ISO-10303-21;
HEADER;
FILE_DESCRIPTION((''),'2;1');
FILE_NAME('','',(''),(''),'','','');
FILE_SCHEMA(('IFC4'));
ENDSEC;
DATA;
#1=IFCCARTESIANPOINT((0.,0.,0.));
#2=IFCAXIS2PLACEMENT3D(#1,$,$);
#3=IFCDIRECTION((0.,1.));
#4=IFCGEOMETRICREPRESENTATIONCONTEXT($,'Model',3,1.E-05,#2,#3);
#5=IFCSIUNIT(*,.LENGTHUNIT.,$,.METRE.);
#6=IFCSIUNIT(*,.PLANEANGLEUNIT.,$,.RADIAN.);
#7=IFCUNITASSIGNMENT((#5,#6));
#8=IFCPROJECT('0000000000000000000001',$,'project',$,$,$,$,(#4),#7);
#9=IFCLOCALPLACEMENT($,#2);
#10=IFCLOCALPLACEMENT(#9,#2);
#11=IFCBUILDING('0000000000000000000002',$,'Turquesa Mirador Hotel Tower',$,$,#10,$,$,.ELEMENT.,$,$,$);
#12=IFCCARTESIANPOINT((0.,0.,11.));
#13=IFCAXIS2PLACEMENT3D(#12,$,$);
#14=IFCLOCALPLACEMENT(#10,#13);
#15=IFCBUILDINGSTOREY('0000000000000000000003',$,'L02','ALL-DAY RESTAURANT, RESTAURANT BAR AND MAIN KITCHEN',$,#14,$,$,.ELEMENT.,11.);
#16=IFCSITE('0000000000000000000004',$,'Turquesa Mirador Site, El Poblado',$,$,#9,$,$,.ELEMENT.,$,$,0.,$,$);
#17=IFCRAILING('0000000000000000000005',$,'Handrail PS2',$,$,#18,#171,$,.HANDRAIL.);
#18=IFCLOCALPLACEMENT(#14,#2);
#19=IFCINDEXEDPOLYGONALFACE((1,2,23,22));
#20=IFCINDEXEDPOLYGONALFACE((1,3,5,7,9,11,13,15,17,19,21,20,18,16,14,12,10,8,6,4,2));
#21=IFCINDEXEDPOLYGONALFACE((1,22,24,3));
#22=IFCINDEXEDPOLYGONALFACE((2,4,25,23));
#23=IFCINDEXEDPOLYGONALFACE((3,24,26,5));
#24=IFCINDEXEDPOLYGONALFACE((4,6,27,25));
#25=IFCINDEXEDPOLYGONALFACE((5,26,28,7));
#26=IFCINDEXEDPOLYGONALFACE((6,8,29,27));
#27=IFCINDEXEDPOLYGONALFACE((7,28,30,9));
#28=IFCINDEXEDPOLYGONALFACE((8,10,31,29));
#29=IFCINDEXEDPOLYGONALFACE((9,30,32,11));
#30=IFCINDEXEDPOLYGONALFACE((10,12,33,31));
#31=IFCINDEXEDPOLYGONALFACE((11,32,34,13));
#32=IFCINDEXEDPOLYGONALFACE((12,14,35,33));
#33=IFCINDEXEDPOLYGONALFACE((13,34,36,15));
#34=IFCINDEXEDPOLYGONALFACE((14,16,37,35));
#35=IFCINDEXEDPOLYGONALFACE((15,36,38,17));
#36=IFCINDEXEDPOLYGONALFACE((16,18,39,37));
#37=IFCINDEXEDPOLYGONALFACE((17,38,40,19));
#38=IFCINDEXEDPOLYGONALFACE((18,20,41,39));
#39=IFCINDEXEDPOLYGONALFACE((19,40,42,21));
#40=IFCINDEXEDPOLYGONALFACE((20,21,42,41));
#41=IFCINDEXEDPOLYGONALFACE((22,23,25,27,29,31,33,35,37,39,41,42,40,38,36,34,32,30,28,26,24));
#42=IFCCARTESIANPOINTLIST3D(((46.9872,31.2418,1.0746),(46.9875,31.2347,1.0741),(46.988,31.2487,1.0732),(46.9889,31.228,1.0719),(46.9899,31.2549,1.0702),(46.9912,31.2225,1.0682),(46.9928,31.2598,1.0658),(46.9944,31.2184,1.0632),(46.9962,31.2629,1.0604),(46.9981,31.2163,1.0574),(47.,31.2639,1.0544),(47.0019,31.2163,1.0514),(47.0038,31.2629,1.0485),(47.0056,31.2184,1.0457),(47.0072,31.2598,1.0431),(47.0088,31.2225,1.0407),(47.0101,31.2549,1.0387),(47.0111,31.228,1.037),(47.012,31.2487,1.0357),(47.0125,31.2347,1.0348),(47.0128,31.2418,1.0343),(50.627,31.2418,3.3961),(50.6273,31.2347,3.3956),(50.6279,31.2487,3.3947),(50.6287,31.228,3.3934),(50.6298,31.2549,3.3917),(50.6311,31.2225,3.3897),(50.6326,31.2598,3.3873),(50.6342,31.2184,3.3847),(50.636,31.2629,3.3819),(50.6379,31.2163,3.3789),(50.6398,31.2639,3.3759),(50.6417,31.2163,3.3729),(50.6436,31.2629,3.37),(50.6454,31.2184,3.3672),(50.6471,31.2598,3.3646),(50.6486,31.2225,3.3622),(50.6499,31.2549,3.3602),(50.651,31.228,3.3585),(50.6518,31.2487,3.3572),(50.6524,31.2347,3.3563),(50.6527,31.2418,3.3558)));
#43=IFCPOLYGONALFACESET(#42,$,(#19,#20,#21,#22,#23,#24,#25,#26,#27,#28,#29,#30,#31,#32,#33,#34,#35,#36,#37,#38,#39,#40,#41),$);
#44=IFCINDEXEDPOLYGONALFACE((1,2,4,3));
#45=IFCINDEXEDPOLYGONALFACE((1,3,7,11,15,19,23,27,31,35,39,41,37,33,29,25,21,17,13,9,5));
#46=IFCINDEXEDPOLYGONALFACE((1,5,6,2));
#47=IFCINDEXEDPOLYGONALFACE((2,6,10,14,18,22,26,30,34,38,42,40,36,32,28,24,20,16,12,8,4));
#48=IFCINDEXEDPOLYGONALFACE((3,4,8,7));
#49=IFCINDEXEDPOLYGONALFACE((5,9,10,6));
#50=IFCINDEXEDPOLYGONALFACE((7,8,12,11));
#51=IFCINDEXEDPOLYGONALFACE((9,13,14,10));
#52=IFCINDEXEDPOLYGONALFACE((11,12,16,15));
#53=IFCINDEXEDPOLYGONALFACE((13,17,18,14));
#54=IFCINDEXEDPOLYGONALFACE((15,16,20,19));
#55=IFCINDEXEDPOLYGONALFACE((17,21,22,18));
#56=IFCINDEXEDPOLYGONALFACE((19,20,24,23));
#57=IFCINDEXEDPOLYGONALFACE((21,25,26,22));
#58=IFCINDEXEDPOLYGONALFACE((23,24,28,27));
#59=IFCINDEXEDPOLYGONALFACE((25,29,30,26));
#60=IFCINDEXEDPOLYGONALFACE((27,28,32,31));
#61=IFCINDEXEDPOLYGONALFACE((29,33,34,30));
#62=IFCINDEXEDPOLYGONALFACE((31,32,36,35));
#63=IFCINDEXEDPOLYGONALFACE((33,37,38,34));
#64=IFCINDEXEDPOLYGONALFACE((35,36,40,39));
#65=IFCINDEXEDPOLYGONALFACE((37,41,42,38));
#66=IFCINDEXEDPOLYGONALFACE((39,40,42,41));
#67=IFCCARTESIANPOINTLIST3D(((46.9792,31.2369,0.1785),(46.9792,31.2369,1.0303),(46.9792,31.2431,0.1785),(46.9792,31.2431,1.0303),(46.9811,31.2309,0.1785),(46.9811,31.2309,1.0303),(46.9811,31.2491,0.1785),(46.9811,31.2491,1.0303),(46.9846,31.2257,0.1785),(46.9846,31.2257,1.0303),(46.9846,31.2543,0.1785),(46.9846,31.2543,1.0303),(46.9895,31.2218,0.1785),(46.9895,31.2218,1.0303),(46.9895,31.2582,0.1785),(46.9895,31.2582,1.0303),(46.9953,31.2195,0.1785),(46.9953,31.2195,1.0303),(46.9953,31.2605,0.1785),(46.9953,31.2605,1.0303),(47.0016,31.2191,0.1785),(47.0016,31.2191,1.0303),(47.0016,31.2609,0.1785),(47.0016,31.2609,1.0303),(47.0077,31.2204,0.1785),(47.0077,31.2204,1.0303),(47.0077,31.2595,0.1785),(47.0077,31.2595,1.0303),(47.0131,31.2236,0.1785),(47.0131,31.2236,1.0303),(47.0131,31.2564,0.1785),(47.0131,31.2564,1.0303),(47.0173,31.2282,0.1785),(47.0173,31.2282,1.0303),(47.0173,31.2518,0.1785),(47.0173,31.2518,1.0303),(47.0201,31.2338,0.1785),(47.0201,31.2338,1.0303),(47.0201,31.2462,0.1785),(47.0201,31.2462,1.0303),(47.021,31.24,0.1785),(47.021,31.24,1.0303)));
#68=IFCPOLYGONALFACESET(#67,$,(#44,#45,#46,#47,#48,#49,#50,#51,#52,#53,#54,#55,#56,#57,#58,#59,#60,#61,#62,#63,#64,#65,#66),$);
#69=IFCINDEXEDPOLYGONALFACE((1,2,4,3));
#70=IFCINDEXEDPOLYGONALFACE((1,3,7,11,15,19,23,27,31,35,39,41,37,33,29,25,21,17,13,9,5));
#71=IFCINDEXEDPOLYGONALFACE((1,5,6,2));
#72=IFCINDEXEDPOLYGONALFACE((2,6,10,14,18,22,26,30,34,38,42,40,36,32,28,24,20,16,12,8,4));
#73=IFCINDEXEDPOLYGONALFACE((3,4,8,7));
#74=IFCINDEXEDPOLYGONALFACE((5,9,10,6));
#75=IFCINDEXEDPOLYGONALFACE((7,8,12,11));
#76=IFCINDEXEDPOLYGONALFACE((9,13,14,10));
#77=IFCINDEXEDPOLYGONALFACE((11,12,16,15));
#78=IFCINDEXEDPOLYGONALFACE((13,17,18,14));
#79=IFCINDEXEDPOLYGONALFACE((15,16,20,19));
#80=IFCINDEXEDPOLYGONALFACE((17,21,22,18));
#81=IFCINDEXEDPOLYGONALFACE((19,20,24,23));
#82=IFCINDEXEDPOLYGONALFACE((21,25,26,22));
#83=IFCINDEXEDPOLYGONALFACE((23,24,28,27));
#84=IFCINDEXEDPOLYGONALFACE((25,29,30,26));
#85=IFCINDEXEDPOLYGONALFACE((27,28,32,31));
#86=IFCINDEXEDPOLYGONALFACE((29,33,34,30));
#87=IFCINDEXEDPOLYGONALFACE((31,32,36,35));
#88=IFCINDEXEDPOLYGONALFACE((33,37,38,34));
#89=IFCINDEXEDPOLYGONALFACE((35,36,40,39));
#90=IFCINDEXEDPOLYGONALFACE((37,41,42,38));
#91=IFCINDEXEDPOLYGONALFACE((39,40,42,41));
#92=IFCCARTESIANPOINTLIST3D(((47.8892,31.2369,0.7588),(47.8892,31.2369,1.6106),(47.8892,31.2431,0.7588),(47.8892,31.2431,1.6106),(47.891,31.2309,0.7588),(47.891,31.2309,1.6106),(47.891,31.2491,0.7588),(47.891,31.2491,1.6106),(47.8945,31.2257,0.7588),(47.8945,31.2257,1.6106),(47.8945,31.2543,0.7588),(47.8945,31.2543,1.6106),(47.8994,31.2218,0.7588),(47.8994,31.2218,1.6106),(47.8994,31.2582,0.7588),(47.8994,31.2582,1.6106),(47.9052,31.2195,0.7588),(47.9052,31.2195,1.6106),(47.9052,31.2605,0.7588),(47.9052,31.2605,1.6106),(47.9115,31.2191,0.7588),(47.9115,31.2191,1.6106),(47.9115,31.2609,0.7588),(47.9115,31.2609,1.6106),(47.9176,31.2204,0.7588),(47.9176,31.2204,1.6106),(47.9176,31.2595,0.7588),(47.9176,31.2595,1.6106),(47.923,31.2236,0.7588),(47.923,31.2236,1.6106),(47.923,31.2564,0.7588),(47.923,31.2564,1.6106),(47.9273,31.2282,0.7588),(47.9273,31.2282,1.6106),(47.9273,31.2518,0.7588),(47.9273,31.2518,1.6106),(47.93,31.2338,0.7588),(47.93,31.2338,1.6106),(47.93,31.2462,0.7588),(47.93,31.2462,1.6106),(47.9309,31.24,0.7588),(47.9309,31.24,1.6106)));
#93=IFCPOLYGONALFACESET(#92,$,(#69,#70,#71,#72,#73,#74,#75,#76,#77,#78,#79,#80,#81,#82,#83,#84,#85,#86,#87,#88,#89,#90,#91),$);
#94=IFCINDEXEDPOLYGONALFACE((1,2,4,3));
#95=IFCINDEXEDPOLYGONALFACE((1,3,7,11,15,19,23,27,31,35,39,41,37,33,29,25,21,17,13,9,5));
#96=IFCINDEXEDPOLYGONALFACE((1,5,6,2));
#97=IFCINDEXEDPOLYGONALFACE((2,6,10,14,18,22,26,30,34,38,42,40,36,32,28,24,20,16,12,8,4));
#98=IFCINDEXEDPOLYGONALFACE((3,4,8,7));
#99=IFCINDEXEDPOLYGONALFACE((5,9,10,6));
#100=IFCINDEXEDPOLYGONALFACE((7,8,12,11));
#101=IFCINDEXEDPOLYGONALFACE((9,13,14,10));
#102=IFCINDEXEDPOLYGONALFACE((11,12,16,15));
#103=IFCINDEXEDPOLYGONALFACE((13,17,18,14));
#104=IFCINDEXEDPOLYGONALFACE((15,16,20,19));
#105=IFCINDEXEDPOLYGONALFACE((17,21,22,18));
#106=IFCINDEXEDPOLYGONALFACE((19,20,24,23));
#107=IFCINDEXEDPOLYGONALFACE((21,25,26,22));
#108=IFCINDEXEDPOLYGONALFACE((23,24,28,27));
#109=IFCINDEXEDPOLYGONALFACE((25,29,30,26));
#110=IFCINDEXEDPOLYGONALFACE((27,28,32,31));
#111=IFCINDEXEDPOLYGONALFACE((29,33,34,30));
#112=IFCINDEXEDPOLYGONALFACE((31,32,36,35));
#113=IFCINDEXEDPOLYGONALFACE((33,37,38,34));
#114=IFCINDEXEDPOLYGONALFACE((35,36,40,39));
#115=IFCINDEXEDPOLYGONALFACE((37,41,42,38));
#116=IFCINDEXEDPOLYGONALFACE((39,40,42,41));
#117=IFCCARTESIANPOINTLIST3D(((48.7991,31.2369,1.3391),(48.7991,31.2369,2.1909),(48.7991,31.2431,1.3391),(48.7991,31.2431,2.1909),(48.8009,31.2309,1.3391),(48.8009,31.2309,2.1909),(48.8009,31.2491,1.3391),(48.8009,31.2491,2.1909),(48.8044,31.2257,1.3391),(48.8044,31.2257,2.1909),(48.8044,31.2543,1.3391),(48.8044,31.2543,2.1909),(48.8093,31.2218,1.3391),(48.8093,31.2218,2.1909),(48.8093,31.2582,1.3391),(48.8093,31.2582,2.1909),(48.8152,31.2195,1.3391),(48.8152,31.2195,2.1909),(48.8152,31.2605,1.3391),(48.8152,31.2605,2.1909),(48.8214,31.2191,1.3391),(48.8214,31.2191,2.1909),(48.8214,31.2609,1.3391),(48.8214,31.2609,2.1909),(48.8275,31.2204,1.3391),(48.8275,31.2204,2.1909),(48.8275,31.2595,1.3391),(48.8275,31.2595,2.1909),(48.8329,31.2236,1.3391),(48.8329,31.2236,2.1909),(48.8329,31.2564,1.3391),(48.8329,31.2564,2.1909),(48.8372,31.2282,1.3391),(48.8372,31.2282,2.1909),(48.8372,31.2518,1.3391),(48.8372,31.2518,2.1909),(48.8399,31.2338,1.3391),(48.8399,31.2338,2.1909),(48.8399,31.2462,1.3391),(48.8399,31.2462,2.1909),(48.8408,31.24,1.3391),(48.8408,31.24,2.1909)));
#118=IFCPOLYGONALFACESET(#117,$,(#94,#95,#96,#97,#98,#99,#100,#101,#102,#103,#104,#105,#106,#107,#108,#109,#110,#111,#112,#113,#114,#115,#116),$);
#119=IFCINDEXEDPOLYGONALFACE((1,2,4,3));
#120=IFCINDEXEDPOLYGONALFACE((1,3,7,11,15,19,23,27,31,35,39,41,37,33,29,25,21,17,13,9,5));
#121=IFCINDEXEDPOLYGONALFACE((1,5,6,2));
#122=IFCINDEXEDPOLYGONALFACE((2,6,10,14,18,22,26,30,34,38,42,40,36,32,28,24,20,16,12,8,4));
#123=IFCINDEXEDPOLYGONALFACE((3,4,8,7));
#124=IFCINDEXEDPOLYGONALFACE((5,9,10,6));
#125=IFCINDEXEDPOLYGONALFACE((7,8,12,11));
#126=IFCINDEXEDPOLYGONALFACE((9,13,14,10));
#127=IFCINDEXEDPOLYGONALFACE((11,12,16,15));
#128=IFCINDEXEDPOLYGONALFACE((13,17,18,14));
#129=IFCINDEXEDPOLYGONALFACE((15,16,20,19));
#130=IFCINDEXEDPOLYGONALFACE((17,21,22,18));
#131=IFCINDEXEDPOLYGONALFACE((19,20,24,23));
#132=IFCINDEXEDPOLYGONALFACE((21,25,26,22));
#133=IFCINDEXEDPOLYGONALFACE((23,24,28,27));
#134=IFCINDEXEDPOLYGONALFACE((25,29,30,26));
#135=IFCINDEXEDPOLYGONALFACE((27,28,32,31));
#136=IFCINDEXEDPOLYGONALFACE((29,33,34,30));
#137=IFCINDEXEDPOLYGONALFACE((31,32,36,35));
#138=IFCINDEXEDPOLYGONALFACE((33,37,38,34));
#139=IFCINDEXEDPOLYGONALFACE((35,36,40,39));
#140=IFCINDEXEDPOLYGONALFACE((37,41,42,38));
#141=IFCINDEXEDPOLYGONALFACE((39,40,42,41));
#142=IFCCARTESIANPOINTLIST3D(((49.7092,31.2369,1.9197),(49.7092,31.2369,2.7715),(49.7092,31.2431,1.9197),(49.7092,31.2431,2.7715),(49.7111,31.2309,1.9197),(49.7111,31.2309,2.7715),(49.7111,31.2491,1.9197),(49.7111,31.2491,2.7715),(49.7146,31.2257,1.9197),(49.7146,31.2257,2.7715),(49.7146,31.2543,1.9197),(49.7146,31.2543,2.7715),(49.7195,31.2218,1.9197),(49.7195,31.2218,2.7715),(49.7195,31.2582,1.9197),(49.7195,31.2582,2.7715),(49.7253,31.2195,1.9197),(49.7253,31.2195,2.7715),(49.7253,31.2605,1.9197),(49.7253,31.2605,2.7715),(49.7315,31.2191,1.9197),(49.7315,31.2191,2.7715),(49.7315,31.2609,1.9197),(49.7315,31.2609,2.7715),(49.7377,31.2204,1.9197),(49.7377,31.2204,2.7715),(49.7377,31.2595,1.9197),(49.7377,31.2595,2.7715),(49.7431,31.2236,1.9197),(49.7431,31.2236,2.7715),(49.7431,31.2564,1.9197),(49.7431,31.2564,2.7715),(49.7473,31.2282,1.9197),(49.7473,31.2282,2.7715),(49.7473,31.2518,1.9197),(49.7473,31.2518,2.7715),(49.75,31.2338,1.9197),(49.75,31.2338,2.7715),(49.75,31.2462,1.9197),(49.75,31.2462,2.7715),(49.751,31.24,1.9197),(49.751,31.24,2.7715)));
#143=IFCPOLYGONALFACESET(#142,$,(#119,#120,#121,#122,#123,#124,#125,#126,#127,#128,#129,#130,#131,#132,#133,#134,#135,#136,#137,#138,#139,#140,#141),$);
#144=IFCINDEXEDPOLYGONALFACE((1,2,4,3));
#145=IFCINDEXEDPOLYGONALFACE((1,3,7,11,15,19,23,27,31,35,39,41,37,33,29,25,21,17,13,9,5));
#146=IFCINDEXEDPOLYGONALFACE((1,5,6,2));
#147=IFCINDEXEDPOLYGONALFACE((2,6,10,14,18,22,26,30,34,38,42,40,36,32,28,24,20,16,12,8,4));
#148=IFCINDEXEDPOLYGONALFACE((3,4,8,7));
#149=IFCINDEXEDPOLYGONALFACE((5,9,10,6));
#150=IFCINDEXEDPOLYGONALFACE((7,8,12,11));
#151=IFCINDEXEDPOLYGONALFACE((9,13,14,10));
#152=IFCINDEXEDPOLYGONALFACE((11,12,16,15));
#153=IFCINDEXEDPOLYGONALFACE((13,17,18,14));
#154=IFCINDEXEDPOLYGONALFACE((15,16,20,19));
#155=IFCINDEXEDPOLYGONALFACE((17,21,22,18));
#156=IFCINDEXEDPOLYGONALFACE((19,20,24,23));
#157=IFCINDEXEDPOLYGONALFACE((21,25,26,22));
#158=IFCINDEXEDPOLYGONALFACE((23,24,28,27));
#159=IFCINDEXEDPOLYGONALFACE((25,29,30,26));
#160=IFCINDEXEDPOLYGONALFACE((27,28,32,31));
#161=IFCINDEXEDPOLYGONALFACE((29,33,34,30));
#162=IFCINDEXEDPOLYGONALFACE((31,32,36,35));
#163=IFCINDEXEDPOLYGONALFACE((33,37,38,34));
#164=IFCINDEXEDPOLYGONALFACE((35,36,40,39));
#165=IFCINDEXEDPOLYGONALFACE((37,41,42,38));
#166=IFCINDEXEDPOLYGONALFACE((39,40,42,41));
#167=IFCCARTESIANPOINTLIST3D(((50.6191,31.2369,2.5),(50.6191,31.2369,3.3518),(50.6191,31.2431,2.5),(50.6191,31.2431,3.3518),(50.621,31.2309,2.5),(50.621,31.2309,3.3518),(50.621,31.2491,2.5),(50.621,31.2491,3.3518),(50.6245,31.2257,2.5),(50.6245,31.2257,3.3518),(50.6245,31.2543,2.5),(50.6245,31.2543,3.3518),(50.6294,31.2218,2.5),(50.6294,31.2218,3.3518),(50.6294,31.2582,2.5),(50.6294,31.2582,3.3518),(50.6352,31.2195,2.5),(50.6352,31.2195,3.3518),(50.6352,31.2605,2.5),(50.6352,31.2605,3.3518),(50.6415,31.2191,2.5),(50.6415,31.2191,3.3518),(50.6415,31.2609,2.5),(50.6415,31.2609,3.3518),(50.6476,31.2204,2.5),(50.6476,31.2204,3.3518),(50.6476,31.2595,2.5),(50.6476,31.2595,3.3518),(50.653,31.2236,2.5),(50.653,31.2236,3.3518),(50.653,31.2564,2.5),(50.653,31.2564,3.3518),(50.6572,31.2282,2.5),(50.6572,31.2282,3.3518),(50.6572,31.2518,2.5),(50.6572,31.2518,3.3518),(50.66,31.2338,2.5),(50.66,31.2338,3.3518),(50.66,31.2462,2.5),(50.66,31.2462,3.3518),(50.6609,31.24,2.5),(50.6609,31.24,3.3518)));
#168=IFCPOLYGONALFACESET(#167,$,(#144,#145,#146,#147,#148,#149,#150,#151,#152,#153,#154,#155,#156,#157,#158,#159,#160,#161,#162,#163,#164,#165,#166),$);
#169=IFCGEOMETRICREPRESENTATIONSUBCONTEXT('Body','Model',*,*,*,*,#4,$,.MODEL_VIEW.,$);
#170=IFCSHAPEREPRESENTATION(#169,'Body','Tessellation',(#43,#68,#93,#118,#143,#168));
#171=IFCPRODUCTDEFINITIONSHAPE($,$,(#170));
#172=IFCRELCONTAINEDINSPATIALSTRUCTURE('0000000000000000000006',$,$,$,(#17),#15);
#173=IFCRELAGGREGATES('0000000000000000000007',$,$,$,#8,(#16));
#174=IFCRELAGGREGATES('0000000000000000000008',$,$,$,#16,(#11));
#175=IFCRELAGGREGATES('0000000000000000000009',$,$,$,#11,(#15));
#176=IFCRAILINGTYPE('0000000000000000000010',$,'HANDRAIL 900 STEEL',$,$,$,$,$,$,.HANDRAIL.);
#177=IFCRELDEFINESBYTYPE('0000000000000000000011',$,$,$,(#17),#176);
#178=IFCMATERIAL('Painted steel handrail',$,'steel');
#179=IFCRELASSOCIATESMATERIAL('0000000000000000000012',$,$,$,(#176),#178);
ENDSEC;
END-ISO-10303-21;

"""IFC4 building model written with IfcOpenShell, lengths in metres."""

from ifc_helpers import new_model, si_unit, direction, frame, origin, origin_2d, place, context, subcontext, project, spatial, circle, extrude, material, type_object, element, save


model = new_model("IFC4")

# Units and contexts
model_context = context("Model", 3, precision=1e-05, world=origin(), true_north=direction((0.0, 1.0)))
body_context = subcontext(model_context, "Body", "Model", "MODEL_VIEW")
ifc_project = project(units=[si_unit("LENGTHUNIT", "METRE"), si_unit("PLANEANGLEUNIT", "RADIAN")], contexts=[model_context])

# Site, building, storey
site_placement = place(None, origin())
site = spatial("IfcSite", under=ifc_project, at=site_placement, Name="Turquesa Mirador Site, El Poblado", CompositionType="ELEMENT", RefElevation=0.0)
building_placement = place(site_placement, origin())
building = spatial("IfcBuilding", under=site, at=building_placement, Name="Turquesa Mirador Hotel Tower", CompositionType="ELEMENT")
storey_placement = place(building_placement, frame((0.0, 0.0, 11.0)))
storey = spatial("IfcBuildingStorey", under=building, at=storey_placement, Name="L02", Description="ALL-DAY RESTAURANT, RESTAURANT BAR AND MAIN KITCHEN", CompositionType="ELEMENT", Elevation=11.0)

# Railing
ifc_material_1 = material(Name="Painted steel handrail", Category="steel")
railing_type = type_object("IfcRailingType", Name="HANDRAIL 900 STEEL", PredefinedType="HANDRAIL", material=ifc_material_1)
railing_placement = place(storey_placement, frame((47.0, 31.24, 0.1785)))
element("IfcRailing", 1, at=railing_placement, inside=storey, type_object=railing_type, Name="Handrail PS2", PredefinedType="HANDRAIL", context=body_context, shape_type="SweptSolid", body=[
    extrude(circle(Radius=0.0239, at=origin_2d()), frame((0.0, 0.0, 0.876), z_axis=(0.843112, 0.0, 0.537739), x_axis=(0.0, 1.0, 0.0)), (0.0, 0.0, 1.0), 4.3171),
    extrude(circle(Radius=0.021, at=origin_2d()), origin(), (0.0, 0.0, 1.0), 0.8518),
    extrude(circle(Radius=0.021, at=origin_2d()), frame((0.9099, 0.0, 0.5803)), (0.0, 0.0, 1.0), 0.8518),
    extrude(circle(Radius=0.021, at=origin_2d()), frame((1.8198, 0.0, 1.1606)), (0.0, 0.0, 1.0), 0.8518),
    extrude(circle(Radius=0.021, at=origin_2d()), frame((2.73, 0.0, 1.7412)), (0.0, 0.0, 1.0), 0.8518),
    extrude(circle(Radius=0.021, at=origin_2d()), frame((3.6399, 0.0, 2.3215)), (0.0, 0.0, 1.0), 0.8518),
])

save(model, "model.ifc")
